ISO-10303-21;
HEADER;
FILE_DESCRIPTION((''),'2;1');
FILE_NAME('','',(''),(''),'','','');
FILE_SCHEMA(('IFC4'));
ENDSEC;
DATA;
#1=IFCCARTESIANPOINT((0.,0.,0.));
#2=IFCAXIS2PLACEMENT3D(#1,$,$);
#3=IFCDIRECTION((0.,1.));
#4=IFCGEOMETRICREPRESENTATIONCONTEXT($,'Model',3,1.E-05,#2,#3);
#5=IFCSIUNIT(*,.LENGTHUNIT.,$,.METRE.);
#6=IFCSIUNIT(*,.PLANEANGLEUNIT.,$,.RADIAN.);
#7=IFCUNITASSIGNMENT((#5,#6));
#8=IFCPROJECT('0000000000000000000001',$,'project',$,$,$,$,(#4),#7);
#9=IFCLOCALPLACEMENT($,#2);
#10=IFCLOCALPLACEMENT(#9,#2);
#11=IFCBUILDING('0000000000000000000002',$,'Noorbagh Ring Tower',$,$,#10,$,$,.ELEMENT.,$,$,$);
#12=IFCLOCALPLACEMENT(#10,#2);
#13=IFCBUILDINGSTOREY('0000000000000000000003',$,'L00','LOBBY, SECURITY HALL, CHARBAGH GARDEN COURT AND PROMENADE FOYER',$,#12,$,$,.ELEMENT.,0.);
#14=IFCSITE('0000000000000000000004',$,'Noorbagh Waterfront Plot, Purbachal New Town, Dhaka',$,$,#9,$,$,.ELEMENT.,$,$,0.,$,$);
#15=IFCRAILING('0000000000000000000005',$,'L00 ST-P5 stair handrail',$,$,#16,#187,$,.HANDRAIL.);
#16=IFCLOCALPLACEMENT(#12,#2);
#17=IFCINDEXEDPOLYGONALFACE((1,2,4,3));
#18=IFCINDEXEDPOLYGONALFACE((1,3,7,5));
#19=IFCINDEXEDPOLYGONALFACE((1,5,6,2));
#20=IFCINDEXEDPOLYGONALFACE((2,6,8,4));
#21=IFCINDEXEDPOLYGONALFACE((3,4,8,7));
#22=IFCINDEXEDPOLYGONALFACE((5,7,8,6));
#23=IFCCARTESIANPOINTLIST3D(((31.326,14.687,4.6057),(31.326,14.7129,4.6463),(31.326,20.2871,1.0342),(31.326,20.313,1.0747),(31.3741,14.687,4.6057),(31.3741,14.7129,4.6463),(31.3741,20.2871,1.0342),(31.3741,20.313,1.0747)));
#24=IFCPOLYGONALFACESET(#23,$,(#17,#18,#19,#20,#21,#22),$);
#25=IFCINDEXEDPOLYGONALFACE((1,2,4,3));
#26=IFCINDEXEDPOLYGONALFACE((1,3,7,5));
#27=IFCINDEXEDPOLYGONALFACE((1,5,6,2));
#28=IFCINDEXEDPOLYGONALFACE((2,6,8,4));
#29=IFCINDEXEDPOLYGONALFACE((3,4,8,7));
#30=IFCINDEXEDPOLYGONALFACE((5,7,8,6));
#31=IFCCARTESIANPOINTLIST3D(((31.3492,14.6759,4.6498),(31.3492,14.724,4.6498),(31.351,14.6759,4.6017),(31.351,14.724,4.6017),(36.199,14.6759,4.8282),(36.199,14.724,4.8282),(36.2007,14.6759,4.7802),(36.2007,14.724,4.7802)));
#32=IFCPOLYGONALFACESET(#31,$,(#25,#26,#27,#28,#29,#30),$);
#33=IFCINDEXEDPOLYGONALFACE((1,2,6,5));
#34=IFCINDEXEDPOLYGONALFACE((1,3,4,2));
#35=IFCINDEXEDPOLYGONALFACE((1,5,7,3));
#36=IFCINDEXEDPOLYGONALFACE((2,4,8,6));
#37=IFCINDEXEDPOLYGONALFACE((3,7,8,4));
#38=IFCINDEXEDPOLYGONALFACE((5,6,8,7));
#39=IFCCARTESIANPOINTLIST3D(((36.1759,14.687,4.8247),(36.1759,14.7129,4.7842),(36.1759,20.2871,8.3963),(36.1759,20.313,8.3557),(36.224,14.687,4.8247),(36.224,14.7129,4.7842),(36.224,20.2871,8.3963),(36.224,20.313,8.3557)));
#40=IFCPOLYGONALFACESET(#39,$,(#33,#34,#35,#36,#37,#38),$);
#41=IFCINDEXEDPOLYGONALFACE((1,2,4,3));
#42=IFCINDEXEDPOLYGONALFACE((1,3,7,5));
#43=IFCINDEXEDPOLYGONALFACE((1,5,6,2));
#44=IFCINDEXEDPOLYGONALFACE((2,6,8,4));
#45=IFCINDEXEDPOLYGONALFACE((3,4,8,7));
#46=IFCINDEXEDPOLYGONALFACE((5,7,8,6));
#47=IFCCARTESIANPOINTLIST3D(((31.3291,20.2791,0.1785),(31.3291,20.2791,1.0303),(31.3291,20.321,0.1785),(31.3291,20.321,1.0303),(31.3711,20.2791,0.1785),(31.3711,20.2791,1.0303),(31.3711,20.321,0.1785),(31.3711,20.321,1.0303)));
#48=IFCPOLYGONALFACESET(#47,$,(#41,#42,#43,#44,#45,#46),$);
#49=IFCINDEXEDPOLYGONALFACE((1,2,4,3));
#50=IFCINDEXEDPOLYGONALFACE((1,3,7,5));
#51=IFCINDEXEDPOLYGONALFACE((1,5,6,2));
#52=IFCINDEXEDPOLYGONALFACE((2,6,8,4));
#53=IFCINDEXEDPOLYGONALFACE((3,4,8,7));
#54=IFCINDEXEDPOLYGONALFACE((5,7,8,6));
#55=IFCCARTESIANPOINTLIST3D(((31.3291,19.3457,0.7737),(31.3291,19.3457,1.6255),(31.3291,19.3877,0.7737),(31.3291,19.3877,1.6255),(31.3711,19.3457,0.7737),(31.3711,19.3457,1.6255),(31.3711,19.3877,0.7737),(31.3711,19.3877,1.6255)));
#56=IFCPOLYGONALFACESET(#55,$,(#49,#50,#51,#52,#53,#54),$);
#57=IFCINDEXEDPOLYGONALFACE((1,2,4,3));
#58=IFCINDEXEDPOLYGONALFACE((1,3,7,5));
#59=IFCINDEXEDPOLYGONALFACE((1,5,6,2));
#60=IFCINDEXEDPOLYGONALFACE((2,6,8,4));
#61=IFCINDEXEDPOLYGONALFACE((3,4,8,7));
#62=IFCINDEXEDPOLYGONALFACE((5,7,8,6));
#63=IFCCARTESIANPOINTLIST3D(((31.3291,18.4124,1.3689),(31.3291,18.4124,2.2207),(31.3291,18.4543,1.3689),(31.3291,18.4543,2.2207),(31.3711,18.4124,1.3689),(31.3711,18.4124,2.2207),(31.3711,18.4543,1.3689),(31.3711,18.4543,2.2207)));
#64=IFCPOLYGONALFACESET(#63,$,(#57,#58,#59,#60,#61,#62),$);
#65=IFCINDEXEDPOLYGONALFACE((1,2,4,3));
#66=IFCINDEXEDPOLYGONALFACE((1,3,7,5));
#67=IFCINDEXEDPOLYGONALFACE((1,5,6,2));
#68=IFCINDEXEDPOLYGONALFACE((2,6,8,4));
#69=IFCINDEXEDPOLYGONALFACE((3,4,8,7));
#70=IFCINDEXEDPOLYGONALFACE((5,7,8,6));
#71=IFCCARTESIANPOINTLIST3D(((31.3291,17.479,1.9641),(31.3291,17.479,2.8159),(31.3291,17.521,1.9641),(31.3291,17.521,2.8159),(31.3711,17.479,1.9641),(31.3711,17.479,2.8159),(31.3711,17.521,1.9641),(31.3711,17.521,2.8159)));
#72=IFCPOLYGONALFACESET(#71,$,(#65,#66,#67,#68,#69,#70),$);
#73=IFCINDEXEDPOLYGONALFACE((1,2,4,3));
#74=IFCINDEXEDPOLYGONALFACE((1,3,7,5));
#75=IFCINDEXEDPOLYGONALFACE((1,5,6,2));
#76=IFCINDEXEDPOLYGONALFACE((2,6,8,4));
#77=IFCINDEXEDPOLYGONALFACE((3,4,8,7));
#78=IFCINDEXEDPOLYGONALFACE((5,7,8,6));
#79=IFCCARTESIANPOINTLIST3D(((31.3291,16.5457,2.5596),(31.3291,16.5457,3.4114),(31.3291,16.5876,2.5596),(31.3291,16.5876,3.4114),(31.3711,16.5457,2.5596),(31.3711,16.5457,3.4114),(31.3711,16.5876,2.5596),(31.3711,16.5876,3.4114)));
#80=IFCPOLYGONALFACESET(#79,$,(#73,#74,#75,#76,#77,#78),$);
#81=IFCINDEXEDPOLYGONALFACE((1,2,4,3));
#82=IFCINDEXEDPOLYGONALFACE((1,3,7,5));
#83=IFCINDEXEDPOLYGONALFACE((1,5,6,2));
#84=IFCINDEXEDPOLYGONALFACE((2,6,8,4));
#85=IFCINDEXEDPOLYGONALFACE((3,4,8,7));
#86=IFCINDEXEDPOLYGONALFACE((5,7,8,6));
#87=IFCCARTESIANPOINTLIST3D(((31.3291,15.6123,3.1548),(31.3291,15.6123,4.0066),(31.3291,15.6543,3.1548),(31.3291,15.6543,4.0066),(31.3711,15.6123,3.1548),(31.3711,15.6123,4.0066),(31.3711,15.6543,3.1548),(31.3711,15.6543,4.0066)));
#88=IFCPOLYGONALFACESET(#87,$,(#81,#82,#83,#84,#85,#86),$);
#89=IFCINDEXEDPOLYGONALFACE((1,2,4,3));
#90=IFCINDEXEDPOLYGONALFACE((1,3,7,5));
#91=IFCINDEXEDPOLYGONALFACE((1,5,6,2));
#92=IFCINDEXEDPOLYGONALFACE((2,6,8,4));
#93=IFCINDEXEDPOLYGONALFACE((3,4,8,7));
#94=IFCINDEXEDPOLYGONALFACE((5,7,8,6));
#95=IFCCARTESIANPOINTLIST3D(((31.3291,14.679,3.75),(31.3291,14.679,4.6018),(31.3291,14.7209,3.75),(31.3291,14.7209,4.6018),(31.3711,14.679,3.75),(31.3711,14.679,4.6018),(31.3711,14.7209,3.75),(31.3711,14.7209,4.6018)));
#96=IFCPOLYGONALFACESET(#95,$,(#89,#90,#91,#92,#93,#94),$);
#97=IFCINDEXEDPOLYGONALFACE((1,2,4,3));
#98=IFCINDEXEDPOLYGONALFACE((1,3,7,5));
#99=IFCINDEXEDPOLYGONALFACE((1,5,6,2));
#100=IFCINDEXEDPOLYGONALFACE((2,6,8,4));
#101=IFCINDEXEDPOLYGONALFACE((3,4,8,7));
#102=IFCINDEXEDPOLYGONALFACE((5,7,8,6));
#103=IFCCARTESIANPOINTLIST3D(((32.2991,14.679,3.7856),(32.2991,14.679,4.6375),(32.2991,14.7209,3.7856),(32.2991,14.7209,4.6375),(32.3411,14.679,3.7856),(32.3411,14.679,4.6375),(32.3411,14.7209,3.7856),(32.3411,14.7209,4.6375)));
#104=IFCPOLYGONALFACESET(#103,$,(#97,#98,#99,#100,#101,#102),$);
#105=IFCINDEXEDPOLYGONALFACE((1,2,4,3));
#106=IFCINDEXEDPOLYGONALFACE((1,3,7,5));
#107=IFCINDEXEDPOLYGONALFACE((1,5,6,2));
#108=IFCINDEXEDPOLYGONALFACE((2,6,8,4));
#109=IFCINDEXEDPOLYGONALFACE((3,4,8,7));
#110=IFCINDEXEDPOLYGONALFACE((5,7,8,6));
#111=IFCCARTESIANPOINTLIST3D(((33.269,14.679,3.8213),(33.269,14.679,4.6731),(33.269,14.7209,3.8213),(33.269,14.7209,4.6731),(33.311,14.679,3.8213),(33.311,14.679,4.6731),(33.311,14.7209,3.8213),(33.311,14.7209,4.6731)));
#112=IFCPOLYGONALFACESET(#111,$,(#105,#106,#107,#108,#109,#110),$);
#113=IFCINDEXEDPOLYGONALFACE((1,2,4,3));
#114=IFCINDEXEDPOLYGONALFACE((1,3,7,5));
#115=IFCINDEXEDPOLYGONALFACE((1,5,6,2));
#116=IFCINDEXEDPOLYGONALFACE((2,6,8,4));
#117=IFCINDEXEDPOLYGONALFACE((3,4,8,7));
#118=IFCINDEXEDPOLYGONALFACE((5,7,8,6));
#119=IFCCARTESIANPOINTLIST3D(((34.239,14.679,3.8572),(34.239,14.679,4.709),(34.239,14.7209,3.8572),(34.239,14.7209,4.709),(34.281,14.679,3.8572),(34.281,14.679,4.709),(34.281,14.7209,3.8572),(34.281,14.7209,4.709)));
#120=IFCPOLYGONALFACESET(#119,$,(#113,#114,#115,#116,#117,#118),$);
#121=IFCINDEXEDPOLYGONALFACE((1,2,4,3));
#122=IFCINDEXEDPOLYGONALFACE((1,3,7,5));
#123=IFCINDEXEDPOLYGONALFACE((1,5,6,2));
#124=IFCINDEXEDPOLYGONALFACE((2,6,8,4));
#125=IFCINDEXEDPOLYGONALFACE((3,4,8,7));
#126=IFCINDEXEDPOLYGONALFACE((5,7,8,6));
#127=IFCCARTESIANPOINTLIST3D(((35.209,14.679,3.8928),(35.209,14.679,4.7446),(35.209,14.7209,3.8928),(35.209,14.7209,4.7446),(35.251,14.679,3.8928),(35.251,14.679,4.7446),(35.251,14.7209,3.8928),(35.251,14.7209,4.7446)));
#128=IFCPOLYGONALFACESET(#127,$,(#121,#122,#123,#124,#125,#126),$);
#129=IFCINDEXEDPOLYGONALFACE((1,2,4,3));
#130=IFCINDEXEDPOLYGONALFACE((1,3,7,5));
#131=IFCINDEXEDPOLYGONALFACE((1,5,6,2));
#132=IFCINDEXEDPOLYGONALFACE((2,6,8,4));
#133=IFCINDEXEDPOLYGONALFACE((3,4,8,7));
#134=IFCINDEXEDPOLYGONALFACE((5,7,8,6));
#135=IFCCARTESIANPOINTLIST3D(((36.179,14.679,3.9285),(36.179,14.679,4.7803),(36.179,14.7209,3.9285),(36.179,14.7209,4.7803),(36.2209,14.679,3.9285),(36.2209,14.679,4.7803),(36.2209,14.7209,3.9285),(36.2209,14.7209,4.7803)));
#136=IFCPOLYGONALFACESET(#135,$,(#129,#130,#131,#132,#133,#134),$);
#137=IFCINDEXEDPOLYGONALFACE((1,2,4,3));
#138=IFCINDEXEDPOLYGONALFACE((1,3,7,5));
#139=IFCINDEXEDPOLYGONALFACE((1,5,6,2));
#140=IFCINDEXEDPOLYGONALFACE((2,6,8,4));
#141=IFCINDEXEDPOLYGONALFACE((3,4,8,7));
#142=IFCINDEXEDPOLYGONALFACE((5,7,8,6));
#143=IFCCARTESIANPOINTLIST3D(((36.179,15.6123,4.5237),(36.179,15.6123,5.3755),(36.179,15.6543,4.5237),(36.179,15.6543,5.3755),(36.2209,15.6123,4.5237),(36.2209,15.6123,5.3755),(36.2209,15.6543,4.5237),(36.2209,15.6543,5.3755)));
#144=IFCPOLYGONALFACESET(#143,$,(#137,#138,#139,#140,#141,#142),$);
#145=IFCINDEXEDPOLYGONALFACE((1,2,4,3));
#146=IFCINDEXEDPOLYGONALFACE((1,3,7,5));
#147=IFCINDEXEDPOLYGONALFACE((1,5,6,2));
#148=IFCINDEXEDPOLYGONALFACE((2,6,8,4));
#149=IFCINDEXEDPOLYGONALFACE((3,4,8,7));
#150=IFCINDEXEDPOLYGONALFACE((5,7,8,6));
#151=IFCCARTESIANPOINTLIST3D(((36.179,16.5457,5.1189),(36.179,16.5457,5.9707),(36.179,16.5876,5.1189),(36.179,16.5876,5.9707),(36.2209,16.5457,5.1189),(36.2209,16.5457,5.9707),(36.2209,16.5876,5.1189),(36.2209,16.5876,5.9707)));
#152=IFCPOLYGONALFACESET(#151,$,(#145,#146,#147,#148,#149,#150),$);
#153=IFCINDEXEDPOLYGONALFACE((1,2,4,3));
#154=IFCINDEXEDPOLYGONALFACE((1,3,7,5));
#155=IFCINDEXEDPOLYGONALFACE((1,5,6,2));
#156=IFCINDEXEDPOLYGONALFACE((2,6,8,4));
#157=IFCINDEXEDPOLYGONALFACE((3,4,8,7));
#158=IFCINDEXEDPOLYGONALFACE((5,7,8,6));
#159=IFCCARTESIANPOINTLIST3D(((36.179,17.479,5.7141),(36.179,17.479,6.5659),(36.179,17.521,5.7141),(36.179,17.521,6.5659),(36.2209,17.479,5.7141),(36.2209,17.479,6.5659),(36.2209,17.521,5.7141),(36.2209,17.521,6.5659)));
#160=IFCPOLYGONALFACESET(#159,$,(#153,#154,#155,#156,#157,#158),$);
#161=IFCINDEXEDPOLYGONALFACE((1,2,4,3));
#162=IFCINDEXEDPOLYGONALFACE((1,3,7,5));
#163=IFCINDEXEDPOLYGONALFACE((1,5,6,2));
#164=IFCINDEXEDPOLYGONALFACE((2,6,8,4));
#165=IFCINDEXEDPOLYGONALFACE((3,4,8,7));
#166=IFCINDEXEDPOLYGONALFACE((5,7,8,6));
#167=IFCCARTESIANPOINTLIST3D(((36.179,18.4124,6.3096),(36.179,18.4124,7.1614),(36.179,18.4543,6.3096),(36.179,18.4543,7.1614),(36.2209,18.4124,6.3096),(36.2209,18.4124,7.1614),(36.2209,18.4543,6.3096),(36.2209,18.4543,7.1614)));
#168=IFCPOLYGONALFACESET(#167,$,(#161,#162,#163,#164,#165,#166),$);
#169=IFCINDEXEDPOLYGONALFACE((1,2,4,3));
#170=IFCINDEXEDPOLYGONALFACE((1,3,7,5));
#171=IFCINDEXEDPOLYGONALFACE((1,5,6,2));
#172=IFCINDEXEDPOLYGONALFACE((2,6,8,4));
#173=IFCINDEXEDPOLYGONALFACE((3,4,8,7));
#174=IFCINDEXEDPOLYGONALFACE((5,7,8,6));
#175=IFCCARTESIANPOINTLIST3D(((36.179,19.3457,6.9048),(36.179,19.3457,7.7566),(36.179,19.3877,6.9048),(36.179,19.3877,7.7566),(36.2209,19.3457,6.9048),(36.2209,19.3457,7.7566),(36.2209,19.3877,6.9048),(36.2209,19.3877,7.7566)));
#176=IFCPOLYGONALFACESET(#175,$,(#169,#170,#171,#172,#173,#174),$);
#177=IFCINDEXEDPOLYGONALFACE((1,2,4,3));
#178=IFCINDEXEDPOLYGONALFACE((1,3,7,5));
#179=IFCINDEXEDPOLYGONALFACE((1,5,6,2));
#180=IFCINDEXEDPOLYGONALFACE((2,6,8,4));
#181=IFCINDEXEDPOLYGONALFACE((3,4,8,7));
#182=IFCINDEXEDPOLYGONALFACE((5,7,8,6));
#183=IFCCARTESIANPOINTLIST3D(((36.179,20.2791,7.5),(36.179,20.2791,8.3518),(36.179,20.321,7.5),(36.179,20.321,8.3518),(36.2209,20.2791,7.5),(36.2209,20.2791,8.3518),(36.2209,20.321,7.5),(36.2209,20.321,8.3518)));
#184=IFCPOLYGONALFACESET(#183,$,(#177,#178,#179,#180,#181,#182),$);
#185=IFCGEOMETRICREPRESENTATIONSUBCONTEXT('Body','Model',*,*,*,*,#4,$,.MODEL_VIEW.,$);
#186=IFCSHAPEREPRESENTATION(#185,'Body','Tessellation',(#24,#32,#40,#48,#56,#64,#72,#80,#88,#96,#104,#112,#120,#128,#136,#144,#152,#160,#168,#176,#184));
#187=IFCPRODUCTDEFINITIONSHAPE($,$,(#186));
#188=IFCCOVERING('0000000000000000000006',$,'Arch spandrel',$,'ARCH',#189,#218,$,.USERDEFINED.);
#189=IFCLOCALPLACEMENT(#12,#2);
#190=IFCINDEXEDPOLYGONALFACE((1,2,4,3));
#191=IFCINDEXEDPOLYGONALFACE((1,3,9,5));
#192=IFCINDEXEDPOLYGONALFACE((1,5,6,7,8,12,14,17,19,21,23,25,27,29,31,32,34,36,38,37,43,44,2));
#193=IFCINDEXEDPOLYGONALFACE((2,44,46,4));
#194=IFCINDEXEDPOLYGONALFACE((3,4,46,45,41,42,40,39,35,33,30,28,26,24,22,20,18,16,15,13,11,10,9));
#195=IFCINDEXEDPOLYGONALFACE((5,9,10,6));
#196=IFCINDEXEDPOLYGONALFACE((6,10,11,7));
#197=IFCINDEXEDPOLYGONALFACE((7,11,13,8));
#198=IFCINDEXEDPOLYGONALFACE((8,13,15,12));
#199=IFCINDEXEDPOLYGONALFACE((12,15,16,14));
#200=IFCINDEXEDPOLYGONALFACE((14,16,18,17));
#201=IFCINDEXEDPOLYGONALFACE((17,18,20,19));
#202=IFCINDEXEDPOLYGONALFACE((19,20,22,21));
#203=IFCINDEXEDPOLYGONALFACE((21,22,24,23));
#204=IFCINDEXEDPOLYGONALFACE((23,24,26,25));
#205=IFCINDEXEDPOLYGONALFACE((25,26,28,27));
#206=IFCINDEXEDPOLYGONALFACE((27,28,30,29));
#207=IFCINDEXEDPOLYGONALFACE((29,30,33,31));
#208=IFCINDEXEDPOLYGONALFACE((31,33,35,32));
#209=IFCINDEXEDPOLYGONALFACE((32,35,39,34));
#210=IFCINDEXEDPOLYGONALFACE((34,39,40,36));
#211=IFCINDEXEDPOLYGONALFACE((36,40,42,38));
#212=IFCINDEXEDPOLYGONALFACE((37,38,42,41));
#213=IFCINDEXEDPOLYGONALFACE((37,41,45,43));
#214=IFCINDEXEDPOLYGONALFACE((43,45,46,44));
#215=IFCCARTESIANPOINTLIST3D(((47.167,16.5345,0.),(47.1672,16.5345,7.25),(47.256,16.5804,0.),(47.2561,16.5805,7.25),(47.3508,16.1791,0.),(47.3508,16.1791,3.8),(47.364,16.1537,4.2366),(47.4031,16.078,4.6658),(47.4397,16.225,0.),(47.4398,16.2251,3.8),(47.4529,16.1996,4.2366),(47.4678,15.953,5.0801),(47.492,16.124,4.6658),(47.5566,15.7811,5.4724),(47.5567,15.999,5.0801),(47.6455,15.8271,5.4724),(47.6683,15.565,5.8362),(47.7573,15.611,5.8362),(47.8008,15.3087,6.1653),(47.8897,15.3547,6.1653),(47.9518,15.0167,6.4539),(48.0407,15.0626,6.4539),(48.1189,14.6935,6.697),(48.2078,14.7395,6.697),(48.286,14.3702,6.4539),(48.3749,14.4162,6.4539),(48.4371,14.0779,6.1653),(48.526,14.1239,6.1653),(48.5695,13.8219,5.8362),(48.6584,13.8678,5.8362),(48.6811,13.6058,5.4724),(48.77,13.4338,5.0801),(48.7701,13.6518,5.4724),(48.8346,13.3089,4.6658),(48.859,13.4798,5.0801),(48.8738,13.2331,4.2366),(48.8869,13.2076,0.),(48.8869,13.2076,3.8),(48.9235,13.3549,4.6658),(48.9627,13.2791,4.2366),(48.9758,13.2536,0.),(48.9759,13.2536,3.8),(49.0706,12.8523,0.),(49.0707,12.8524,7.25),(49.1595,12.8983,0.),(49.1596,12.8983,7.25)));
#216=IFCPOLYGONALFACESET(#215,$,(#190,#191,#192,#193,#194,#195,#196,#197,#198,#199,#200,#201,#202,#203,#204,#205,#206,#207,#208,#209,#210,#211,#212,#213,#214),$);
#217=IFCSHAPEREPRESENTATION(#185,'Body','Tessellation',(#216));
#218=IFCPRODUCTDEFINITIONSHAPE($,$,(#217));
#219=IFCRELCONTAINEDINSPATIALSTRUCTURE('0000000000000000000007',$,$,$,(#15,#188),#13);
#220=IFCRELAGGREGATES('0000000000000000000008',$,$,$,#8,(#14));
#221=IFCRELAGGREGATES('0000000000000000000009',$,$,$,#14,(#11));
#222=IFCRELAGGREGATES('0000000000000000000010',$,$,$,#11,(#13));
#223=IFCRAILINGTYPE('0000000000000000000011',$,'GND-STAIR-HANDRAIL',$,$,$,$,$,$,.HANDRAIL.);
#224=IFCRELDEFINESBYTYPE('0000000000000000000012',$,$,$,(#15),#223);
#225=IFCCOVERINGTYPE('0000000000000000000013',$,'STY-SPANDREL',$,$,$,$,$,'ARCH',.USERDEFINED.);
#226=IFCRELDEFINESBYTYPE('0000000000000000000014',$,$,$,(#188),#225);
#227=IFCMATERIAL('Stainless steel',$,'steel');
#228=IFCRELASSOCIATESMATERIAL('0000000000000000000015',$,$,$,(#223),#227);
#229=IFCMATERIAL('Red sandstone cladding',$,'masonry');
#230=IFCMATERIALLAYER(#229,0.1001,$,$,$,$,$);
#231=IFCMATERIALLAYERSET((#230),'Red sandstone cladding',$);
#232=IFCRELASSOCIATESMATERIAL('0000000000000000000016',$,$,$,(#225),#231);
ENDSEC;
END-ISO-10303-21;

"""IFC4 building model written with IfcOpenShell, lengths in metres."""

from ifc_helpers import new_model, si_unit, direction, frame, origin, origin_2d, place, context, subcontext, project, spatial, polyline, rectangle, outline, extrude, material, layer, layer_set, type_object, element, save


model = new_model("IFC4")

# Units and contexts
model_context = context("Model", 3, precision=1e-05, world=origin(), true_north=direction((0.0, 1.0)))
body_context = subcontext(model_context, "Body", "Model", "MODEL_VIEW")
ifc_project = project(units=[si_unit("LENGTHUNIT", "METRE"), si_unit("PLANEANGLEUNIT", "RADIAN")], contexts=[model_context])

# Site, building, storey
site_placement = place(None, origin())
site = spatial("IfcSite", under=ifc_project, at=site_placement, Name="Noorbagh Waterfront Plot, Purbachal New Town, Dhaka", CompositionType="ELEMENT", RefElevation=0.0)
building_placement = place(site_placement, origin())
building = spatial("IfcBuilding", under=site, at=building_placement, Name="Noorbagh Ring Tower", CompositionType="ELEMENT")
storey_placement = place(building_placement, origin())
storey = spatial("IfcBuildingStorey", under=building, at=storey_placement, Name="L00", Description="LOBBY, SECURITY HALL, CHARBAGH GARDEN COURT AND PROMENADE FOYER", CompositionType="ELEMENT", Elevation=0.0)

# Railing
ifc_material_1 = material(Name="Stainless steel", Category="steel")
railing_type_1 = type_object("IfcRailingType", Name="GND-STAIR-HANDRAIL", PredefinedType="HANDRAIL", material=ifc_material_1)
railing_1_placement = place(storey_placement, frame((31.3501, 20.3, 0.1785)))
element("IfcRailing", 1, at=railing_1_placement, inside=storey, type_object=railing_type_1, Name="L00 ST-P5 stair handrail", PredefinedType="HANDRAIL", context=body_context, shape_type="SweptSolid", body=[
    extrude(rectangle(XDim=0.0481, YDim=0.0481, at=origin_2d()), frame((0.0, 0.0, 0.876), z_axis=(0.0, -0.843127, 0.537715), x_axis=(1.0, 0.0, 0.0)), (0.0, 0.0, 1.0), 6.6421),
    extrude(rectangle(XDim=0.0481, YDim=0.0481, at=origin_2d()), frame((0.0, -5.6001, 4.4473), z_axis=(0.999324, 0.0, 0.036773), x_axis=(0.0, 1.0, 0.0)), (0.0, 0.0, 1.0), 4.853),
    extrude(rectangle(XDim=0.0481, YDim=0.0481, at=origin_2d()), frame((4.8499, -5.6001, 4.626), z_axis=(0.0, 0.843127, 0.537715), x_axis=(-1.0, 0.0, 0.0)), (0.0, 0.0, 1.0), 6.6421),
    extrude(rectangle(XDim=0.042, YDim=0.042, at=origin_2d()), origin(), (0.0, 0.0, 1.0), 0.8518),
    extrude(rectangle(XDim=0.042, YDim=0.042, at=origin_2d()), frame((0.0, -0.9333, 0.5952)), (0.0, 0.0, 1.0), 0.8518),
    extrude(rectangle(XDim=0.042, YDim=0.042, at=origin_2d()), frame((0.0, -1.8667, 1.1904)), (0.0, 0.0, 1.0), 0.8518),
    extrude(rectangle(XDim=0.042, YDim=0.042, at=origin_2d()), frame((0.0, -2.8, 1.7856)), (0.0, 0.0, 1.0), 0.8518),
    extrude(rectangle(XDim=0.042, YDim=0.042, at=origin_2d()), frame((0.0, -3.7334, 2.3811)), (0.0, 0.0, 1.0), 0.8518),
    extrude(rectangle(XDim=0.042, YDim=0.042, at=origin_2d()), frame((0.0, -4.6667, 2.9763)), (0.0, 0.0, 1.0), 0.8518),
    extrude(rectangle(XDim=0.042, YDim=0.042, at=origin_2d()), frame((0.0, -5.6001, 3.5715)), (0.0, 0.0, 1.0), 0.8518),
    extrude(rectangle(XDim=0.042, YDim=0.042, at=origin_2d()), frame((0.97, -5.6001, 3.6072)), (0.0, 0.0, 1.0), 0.8518),
    extrude(rectangle(XDim=0.042, YDim=0.042, at=origin_2d()), frame((1.9399, -5.6001, 3.6428)), (0.0, 0.0, 1.0), 0.8518),
    extrude(rectangle(XDim=0.042, YDim=0.042, at=origin_2d()), frame((2.9099, -5.6001, 3.6787)), (0.0, 0.0, 1.0), 0.8518),
    extrude(rectangle(XDim=0.042, YDim=0.042, at=origin_2d()), frame((3.8799, -5.6001, 3.7144)), (0.0, 0.0, 1.0), 0.8518),
    extrude(rectangle(XDim=0.042, YDim=0.042, at=origin_2d()), frame((4.8499, -5.6001, 3.75)), (0.0, 0.0, 1.0), 0.8518),
    extrude(rectangle(XDim=0.042, YDim=0.042, at=origin_2d()), frame((4.8499, -4.6667, 4.3452)), (0.0, 0.0, 1.0), 0.8518),
    extrude(rectangle(XDim=0.042, YDim=0.042, at=origin_2d()), frame((4.8499, -3.7334, 4.9404)), (0.0, 0.0, 1.0), 0.8518),
    extrude(rectangle(XDim=0.042, YDim=0.042, at=origin_2d()), frame((4.8499, -2.8, 5.5356)), (0.0, 0.0, 1.0), 0.8518),
    extrude(rectangle(XDim=0.042, YDim=0.042, at=origin_2d()), frame((4.8499, -1.8667, 6.1311)), (0.0, 0.0, 1.0), 0.8518),
    extrude(rectangle(XDim=0.042, YDim=0.042, at=origin_2d()), frame((4.8499, -0.9333, 6.7263)), (0.0, 0.0, 1.0), 0.8518),
    extrude(rectangle(XDim=0.042, YDim=0.042, at=origin_2d()), frame((4.8499, 0.0, 7.3215)), (0.0, 0.0, 1.0), 0.8518),
])

# Covering
ifc_material_2 = material(Name="Red sandstone cladding", Category="masonry")
ifc_layer_1 = layer(ifc_material_2, 0.1001)
ifc_layer_set_1 = layer_set([ifc_layer_1], Name="Red sandstone cladding")
covering_type = type_object("IfcCoveringType", Name="STY-SPANDREL", ElementType="ARCH", PredefinedType="USERDEFINED", material=ifc_layer_set_1)
covering_1_placement = place(storey_placement, frame((49.0706, 12.8523, 0.0), z_axis=(-0.888322, -0.459222, 0.000021), x_axis=(-0.459222, 0.888322, 0.0)))
element("IfcCovering", 2, at=covering_1_placement, inside=storey, type_object=covering_type, Name="Arch spandrel", ObjectType="ARCH", PredefinedType="USERDEFINED", context=body_context, shape_type="SweptSolid", body=[
    extrude(outline(polyline([(0.0, 0.0), (0.4, 0.0), (0.4, -3.8), (0.4287, -4.2366), (0.514, -4.6658), (0.6546, -5.0801), (0.8482, -5.4724), (1.0914, -5.8362), (1.3797, -6.1653), (1.7087, -6.4539), (2.0726, -6.697), (2.4364, -6.4539), (2.7652, -6.1653), (3.0537, -5.8362), (3.297, -5.4724), (3.4905, -5.0801), (3.6312, -4.6658), (3.7164, -4.2366), (3.745, -3.8), (3.745, 0.0), (4.1451, 0.0), (4.1451, -7.25), (0.0, -7.25), (0.0, 0.0)])), origin(), (0.0, 0.0, -1.0), 0.1001),
])

save(model, "model.ifc")
